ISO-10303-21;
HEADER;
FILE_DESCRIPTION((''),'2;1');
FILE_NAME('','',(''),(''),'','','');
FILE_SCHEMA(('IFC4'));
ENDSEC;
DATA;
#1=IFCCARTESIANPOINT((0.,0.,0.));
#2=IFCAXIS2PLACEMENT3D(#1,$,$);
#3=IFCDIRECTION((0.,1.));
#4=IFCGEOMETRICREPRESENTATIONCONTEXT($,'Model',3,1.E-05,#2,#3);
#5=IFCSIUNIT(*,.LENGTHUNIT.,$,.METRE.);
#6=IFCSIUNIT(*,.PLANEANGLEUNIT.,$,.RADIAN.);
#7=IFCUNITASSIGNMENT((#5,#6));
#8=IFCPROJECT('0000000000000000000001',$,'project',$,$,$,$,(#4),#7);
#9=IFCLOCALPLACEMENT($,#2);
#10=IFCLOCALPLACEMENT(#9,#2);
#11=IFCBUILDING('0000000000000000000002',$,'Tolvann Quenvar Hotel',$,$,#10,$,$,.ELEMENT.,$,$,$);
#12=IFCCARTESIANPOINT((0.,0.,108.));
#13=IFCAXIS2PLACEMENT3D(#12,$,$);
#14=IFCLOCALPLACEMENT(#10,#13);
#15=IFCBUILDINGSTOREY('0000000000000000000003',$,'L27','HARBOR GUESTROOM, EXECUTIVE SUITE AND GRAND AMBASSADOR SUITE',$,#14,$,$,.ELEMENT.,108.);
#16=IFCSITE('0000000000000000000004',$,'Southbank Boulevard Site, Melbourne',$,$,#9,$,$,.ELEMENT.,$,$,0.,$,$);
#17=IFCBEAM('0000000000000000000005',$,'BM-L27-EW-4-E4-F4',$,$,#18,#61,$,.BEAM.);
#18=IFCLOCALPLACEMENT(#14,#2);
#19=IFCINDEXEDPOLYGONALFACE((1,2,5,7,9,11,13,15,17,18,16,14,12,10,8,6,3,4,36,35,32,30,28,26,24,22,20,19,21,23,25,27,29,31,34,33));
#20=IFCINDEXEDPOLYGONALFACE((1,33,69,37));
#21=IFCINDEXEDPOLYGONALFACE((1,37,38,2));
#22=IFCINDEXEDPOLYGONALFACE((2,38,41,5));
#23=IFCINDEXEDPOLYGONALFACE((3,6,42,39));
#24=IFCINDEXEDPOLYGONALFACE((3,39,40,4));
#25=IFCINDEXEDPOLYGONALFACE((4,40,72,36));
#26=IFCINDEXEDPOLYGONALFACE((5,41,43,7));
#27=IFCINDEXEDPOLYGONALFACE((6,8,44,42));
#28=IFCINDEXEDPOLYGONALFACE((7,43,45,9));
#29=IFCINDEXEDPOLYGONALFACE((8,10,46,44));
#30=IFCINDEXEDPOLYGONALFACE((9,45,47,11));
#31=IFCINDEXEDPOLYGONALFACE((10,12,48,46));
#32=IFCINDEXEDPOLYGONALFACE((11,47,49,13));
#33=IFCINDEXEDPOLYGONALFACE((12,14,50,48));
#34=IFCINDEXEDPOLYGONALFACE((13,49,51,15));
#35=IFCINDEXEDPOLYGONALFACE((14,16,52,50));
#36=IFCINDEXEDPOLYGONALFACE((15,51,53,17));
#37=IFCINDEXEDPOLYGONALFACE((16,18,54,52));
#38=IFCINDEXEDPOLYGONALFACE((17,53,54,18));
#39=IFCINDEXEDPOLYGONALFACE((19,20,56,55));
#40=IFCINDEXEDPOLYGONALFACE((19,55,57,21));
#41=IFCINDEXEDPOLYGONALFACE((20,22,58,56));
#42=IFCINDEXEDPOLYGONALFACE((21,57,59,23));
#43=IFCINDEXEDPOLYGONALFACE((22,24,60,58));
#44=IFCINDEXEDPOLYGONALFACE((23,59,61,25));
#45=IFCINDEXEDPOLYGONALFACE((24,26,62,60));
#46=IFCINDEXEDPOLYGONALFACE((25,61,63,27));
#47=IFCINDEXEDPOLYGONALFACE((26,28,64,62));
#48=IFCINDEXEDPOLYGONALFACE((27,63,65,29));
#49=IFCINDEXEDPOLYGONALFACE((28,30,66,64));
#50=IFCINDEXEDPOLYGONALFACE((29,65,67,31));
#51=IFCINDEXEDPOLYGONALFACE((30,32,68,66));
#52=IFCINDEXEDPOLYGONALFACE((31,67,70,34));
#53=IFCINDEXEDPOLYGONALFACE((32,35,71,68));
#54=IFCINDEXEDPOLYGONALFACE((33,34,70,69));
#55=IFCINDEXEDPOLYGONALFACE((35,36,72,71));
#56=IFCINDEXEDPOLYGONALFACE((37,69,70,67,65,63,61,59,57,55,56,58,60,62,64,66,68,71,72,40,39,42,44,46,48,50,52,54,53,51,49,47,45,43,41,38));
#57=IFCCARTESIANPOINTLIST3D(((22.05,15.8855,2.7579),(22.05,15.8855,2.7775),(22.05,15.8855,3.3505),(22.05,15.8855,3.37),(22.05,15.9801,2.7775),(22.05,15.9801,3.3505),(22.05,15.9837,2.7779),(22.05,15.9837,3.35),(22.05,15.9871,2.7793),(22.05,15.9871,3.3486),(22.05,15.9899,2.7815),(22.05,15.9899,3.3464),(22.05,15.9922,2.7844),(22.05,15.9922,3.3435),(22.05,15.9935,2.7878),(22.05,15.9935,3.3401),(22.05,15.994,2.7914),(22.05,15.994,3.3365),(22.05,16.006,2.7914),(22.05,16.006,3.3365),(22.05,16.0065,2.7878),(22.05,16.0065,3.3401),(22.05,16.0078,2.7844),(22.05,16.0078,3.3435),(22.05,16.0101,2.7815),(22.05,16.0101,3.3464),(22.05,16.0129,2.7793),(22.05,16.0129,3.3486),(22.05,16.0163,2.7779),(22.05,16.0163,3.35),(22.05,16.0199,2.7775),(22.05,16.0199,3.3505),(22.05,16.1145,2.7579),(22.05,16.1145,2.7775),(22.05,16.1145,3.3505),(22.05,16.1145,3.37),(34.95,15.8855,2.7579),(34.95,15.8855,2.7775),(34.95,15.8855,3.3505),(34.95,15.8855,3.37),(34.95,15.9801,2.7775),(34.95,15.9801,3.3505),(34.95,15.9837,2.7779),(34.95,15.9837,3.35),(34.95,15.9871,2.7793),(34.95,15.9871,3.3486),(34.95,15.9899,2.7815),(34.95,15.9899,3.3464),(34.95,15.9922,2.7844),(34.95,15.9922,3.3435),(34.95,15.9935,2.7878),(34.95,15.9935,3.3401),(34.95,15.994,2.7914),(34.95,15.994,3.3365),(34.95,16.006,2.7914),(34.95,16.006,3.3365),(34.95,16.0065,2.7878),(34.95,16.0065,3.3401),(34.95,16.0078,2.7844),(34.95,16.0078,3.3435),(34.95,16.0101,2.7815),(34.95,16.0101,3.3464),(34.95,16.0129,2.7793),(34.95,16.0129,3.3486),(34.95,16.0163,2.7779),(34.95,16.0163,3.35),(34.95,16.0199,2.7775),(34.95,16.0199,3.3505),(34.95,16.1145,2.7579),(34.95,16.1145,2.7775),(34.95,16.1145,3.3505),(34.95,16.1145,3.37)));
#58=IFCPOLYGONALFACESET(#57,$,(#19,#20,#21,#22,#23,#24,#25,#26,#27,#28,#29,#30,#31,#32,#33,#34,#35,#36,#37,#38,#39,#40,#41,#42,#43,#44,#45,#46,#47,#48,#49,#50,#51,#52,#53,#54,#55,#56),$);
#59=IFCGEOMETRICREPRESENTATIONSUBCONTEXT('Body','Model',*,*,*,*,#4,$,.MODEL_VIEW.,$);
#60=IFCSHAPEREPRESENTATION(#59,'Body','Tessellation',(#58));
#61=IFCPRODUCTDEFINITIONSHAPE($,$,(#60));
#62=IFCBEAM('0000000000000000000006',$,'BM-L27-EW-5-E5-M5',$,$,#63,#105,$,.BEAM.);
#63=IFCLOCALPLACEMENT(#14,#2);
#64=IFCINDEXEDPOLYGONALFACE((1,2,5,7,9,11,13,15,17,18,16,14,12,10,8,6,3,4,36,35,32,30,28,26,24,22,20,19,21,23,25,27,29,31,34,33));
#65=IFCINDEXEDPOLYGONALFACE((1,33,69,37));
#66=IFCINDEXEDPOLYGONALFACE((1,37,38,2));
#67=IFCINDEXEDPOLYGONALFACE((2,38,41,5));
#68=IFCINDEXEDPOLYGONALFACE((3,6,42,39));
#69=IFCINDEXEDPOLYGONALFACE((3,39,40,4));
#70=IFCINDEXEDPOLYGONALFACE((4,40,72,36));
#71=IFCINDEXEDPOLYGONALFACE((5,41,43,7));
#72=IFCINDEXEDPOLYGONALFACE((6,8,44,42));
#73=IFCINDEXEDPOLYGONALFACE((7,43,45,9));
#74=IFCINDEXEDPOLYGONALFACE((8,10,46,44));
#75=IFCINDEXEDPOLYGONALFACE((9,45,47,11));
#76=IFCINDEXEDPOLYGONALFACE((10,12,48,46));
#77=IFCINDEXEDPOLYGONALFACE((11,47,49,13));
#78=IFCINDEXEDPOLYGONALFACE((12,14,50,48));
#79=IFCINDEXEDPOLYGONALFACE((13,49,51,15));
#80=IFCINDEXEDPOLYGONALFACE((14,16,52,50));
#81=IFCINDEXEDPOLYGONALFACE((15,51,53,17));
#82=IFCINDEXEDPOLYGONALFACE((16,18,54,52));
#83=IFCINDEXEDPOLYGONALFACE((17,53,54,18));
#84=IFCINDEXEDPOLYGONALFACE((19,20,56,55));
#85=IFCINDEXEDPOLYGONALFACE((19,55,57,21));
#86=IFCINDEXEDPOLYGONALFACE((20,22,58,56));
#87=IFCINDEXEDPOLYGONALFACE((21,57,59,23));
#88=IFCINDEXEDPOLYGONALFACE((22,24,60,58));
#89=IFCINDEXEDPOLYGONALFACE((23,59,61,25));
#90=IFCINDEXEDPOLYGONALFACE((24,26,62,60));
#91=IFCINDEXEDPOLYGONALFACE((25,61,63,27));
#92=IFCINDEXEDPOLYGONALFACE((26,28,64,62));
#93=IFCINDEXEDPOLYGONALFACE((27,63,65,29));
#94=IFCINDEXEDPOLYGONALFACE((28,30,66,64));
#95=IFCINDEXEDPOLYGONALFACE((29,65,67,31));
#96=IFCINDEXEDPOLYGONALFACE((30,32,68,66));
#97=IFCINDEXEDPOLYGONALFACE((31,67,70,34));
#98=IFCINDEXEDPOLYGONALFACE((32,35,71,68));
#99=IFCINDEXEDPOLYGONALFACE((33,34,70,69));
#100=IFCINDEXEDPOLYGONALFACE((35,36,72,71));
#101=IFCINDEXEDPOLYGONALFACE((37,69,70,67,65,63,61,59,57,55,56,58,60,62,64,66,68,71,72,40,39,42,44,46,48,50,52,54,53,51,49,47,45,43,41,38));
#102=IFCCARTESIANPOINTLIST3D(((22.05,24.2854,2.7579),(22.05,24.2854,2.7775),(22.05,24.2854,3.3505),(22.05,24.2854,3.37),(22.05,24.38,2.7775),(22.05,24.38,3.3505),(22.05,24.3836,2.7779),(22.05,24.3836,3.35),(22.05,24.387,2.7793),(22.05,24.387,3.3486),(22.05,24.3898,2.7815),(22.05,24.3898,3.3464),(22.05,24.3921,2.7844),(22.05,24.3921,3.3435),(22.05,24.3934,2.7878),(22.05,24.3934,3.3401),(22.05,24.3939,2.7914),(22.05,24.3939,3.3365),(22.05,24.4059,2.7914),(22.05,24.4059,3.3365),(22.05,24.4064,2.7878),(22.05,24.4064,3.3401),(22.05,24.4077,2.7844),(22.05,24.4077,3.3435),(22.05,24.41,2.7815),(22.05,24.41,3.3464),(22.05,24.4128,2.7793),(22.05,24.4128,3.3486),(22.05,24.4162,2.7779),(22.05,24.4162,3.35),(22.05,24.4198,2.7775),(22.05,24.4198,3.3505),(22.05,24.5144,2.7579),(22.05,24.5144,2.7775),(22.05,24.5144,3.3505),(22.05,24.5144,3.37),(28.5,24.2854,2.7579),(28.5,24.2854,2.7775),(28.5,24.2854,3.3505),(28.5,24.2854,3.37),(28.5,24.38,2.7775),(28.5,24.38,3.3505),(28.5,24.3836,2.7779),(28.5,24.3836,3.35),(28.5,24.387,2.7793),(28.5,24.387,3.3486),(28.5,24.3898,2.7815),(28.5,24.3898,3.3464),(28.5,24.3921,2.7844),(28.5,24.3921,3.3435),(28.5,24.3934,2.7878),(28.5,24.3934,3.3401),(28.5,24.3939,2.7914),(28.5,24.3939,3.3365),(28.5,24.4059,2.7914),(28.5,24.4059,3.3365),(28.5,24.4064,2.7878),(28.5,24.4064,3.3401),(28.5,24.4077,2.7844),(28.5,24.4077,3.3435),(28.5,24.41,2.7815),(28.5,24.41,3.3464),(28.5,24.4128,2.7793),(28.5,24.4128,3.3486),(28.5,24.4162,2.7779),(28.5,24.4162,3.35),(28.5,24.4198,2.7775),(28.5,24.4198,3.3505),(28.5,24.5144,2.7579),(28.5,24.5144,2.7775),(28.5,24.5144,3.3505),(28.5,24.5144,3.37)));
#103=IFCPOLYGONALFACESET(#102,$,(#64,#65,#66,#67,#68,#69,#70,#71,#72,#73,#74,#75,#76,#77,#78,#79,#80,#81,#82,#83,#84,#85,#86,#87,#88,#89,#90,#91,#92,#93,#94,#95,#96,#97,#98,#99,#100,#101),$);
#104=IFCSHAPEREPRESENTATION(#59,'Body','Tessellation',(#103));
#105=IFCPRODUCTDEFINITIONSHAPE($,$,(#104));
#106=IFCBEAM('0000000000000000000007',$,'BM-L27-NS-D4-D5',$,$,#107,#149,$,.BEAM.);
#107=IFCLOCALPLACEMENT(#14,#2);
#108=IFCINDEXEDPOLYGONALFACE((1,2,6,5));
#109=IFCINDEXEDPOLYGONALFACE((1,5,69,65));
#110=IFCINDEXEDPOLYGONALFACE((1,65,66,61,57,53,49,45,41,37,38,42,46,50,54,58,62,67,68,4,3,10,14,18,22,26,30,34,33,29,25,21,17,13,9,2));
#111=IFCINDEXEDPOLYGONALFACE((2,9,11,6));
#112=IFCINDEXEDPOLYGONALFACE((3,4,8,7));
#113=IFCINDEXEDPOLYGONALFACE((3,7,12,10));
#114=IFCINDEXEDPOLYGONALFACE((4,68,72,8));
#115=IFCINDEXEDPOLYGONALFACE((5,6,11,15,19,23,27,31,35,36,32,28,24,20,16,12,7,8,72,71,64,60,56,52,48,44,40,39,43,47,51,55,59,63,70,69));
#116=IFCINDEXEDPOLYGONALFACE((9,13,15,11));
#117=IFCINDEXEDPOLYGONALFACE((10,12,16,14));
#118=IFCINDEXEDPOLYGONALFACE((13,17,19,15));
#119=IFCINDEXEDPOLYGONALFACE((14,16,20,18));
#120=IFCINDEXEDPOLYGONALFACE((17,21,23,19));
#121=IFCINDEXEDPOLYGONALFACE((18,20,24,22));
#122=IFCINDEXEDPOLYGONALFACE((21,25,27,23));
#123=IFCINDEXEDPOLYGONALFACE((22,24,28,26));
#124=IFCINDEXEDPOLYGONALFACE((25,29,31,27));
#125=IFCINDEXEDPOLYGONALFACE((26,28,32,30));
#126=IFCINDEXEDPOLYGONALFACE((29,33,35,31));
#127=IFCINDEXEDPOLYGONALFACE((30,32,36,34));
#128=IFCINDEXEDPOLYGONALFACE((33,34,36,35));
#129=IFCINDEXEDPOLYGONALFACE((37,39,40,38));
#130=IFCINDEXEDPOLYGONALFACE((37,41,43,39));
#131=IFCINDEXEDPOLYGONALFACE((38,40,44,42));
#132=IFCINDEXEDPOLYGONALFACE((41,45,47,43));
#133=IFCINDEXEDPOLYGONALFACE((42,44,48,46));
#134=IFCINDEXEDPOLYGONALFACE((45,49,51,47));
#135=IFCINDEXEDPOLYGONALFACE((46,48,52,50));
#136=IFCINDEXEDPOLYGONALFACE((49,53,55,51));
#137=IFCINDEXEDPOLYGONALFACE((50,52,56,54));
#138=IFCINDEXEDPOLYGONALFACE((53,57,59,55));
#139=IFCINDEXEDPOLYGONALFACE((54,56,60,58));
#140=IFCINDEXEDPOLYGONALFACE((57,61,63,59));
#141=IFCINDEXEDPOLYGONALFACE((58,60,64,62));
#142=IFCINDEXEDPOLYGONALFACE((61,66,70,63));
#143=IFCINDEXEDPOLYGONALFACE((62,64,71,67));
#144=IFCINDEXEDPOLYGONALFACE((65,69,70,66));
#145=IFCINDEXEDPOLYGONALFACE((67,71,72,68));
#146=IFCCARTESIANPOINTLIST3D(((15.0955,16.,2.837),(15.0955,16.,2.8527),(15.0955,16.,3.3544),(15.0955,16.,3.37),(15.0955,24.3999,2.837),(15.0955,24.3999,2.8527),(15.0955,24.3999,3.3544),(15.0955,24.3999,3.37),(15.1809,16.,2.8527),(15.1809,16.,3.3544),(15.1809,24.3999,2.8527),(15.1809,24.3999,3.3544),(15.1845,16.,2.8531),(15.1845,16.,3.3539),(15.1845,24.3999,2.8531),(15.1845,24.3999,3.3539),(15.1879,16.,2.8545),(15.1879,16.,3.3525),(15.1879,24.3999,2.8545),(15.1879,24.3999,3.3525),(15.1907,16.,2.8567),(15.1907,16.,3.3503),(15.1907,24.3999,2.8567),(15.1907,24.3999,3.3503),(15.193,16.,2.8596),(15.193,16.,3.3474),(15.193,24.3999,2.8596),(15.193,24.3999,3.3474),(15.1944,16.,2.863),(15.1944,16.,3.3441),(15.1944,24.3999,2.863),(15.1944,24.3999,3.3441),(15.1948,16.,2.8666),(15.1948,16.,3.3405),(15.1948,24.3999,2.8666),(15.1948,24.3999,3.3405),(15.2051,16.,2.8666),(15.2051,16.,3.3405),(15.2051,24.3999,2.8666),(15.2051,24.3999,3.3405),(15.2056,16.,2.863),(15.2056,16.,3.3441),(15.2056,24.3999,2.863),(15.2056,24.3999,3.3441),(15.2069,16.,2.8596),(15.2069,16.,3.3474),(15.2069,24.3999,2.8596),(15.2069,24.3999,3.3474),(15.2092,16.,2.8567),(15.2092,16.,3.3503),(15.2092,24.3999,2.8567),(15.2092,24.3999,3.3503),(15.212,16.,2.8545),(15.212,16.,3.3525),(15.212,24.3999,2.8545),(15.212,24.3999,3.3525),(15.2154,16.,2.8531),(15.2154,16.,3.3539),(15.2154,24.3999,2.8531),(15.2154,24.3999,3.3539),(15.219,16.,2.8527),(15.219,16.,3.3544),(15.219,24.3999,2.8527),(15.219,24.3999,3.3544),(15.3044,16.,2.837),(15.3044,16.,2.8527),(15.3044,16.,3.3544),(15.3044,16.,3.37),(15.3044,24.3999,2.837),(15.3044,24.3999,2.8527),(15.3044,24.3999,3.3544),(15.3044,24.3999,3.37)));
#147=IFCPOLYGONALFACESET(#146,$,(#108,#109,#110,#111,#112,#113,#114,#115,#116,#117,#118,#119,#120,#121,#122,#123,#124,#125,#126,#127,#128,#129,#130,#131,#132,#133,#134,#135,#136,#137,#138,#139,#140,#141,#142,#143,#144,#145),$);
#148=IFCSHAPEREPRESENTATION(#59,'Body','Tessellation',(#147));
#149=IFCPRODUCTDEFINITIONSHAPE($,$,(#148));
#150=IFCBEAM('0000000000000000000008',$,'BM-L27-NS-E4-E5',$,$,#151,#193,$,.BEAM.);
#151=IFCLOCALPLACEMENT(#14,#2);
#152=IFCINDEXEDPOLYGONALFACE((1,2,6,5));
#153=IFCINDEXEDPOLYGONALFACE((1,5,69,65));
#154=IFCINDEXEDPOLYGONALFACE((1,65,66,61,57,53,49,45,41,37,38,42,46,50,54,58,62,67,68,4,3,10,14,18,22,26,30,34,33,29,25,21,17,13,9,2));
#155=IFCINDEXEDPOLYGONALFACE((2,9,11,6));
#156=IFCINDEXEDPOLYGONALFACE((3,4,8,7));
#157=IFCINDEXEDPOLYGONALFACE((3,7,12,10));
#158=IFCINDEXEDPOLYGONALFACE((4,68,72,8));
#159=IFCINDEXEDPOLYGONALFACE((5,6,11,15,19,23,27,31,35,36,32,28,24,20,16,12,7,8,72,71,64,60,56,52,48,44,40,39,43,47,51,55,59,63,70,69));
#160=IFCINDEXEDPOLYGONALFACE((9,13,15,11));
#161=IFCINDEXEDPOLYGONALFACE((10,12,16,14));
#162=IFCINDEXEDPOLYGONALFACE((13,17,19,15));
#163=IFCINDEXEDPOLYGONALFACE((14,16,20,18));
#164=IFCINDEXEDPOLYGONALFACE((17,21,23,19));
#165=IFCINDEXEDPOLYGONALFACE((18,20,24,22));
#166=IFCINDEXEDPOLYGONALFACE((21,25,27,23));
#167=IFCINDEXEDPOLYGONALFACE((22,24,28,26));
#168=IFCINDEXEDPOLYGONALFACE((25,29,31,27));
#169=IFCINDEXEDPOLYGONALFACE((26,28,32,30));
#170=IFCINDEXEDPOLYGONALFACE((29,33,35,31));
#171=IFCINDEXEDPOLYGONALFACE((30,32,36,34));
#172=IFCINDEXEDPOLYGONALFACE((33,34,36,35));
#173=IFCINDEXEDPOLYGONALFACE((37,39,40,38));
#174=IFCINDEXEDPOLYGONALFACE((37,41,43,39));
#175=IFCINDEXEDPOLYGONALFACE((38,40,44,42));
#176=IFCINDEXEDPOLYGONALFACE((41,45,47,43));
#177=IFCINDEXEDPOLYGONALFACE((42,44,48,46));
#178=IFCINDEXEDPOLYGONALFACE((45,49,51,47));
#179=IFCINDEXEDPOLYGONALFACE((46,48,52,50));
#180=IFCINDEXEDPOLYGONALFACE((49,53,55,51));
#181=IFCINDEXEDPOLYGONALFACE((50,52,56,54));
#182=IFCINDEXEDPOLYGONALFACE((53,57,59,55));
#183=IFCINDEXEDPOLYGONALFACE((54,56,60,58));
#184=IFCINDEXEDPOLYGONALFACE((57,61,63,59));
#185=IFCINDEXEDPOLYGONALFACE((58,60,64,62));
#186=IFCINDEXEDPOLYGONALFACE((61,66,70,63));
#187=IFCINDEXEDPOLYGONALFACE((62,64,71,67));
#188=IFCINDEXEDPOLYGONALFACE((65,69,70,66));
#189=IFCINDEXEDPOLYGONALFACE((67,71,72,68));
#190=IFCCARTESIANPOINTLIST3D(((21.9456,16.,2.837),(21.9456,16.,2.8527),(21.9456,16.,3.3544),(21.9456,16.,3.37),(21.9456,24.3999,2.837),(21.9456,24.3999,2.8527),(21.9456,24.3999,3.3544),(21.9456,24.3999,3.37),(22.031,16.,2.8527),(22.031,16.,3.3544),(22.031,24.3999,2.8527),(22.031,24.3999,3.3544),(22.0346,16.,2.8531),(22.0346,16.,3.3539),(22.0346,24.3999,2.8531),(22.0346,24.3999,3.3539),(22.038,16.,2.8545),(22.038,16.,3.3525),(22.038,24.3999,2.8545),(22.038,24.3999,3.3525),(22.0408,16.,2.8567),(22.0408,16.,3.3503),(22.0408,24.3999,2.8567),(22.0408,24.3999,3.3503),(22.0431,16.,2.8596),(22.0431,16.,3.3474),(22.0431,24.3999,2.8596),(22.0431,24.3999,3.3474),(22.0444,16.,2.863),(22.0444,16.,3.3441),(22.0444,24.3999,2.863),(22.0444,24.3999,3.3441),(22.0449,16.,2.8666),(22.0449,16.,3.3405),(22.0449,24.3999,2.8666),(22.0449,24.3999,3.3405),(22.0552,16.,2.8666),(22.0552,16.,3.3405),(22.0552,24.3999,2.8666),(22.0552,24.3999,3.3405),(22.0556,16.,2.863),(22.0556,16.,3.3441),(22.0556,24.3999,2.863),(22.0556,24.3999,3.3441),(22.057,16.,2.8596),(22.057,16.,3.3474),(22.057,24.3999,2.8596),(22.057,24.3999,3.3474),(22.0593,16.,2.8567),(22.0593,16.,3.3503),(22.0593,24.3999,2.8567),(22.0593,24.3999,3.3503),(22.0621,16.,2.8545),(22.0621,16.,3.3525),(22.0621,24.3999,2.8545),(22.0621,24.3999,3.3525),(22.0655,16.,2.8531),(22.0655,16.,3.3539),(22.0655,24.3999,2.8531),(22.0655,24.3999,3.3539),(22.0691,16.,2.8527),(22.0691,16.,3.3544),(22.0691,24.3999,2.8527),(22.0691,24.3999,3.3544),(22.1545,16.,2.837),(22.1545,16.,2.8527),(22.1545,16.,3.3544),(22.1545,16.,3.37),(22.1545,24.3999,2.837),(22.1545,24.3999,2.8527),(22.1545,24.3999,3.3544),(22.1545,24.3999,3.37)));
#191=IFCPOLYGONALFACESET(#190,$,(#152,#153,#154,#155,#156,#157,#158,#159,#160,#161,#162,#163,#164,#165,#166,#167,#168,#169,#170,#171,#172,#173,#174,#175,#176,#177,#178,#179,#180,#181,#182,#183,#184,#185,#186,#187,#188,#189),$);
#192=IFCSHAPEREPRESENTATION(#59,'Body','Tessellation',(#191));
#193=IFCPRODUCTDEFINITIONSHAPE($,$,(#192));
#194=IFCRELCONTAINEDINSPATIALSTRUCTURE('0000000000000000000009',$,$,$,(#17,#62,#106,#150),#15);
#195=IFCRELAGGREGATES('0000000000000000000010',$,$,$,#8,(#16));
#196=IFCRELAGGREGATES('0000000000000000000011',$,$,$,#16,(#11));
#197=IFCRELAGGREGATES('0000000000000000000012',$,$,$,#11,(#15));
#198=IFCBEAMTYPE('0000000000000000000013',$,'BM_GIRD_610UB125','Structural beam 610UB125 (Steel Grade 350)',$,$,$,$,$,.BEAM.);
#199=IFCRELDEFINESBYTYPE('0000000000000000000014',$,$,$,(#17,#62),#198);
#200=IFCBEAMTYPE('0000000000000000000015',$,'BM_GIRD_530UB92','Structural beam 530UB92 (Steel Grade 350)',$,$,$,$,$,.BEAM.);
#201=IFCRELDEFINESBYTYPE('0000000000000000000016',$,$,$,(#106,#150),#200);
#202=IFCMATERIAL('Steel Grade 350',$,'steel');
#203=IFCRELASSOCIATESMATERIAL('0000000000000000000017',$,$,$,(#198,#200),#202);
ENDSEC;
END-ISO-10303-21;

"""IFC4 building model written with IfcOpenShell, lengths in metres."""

from ifc_helpers import new_model, si_unit, direction, frame, origin, origin_2d, place, context, subcontext, project, spatial, i_section, extrude, source, transform, mapped, material, material_profile, profile_set, type_object, type_shapes, element, save


model = new_model("IFC4")

# Units and contexts
model_context = context("Model", 3, precision=1e-05, world=origin(), true_north=direction((0.0, 1.0)))
body_context = subcontext(model_context, "Body", "Model", "MODEL_VIEW")
ifc_project = project(units=[si_unit("LENGTHUNIT", "METRE"), si_unit("PLANEANGLEUNIT", "RADIAN")], contexts=[model_context])

# Site, building, storey
site_placement = place(None, origin())
site = spatial("IfcSite", under=ifc_project, at=site_placement, Name="Southbank Boulevard Site, Melbourne", CompositionType="ELEMENT", RefElevation=0.0)
building_placement = place(site_placement, origin())
building = spatial("IfcBuilding", under=site, at=building_placement, Name="Tolvann Quenvar Hotel", CompositionType="ELEMENT")
storey_placement = place(building_placement, frame((0.0, 0.0, 108.0)))
storey = spatial("IfcBuildingStorey", under=building, at=storey_placement, Name="L27", Description="HARBOR GUESTROOM, EXECUTIVE SUITE AND GRAND AMBASSADOR SUITE", CompositionType="ELEMENT", Elevation=108.0)

# Shared definitions
ifc_material_1 = material(Name="Steel Grade 350", Category="steel")

# Beams
ifc_material_profile_1 = material_profile(ifc_material_1, i_section(OverallWidth=0.229, OverallDepth=0.6121, WebThickness=0.012, FlangeThickness=0.0195, FilletRadius=0.0139, at=origin_2d()), Name="610UB125")
ifc_profile_set_1 = profile_set([ifc_material_profile_1], Name="Steel Grade 350")
beam_type_1 = type_object("IfcBeamType", Name="BM_GIRD_610UB125", Description="Structural beam 610UB125 (Steel Grade 350)", PredefinedType="BEAM", material=ifc_profile_set_1)
shared_shape_1 = source(origin(), body_context, "Body", "SweptSolid", [
    extrude(i_section(OverallWidth=0.229, OverallDepth=0.6121, WebThickness=0.012, FlangeThickness=0.0195, FilletRadius=0.0139, at=origin_2d()), origin(), (0.0, 0.0, 1.0), 12.8999),
])
beam_1_placement = place(storey_placement, frame((22.05, 16.0, 3.064), z_axis=(1.0, 0.0, 0.0), x_axis=(0.0, 1.0, 0.0)))
element("IfcBeam", 1, at=beam_1_placement, inside=storey, type_object=beam_type_1, Name="BM-L27-EW-4-E4-F4", PredefinedType="BEAM", context=body_context, shape_type="MappedRepresentation", body=[
    mapped(shared_shape_1, transform((0.0, 0.0, 0.0), x_axis=(1.0, 0.0, 0.0), y_axis=(0.0, 1.0, 0.0), z_axis=(0.0, 0.0, 1.0), scale=1.0)),
])
shared_shape_2 = source(origin(), body_context, "Body", "SweptSolid", [
    extrude(i_section(OverallWidth=0.229, OverallDepth=0.6121, WebThickness=0.012, FlangeThickness=0.0195, FilletRadius=0.0139, at=origin_2d()), origin(), (0.0, 0.0, 1.0), 6.45),
])
beam_2_placement = place(storey_placement, frame((22.05, 24.3999, 3.064), z_axis=(1.0, 0.0, 0.0), x_axis=(0.0, 1.0, 0.0)))
element("IfcBeam", 2, at=beam_2_placement, inside=storey, type_object=beam_type_1, Name="BM-L27-EW-5-E5-M5", PredefinedType="BEAM", context=body_context, shape_type="MappedRepresentation", body=[
    mapped(shared_shape_2, transform((0.0, 0.0, 0.0), x_axis=(1.0, 0.0, 0.0), y_axis=(0.0, 1.0, 0.0), z_axis=(0.0, 0.0, 1.0), scale=1.0)),
])
ifc_material_profile_2 = material_profile(ifc_material_1, i_section(OverallWidth=0.209, OverallDepth=0.533, WebThickness=0.0103, FlangeThickness=0.0156, FilletRadius=0.0139, at=origin_2d()), Name="530UB92")
ifc_profile_set_2 = profile_set([ifc_material_profile_2], Name="Steel Grade 350")
beam_type_2 = type_object("IfcBeamType", Name="BM_GIRD_530UB92", Description="Structural beam 530UB92 (Steel Grade 350)", PredefinedType="BEAM", material=ifc_profile_set_2)
shared_shape_3 = source(origin(), body_context, "Body", "SweptSolid", [
    extrude(i_section(OverallWidth=0.209, OverallDepth=0.533, WebThickness=0.0103, FlangeThickness=0.0156, FilletRadius=0.0139, at=origin_2d()), origin(), (0.0, 0.0, 1.0), 8.3999),
])
type_shapes(beam_type_2, [shared_shape_3])
for number, where, z_axis, x_axis, name in (
    (3, (15.2, 16.0, 3.1035), (0.0, 1.0, 0.0), (-1.0, 0.0, 0.0), "BM-L27-NS-D4-D5"),
    (4, (22.05, 16.0, 3.1035), (0.0, 1.0, 0.0), (-1.0, 0.0, 0.0), "BM-L27-NS-E4-E5"),
):
    element("IfcBeam", number, at=place(storey_placement, frame(where, z_axis=z_axis, x_axis=x_axis)), inside=storey, type_object=beam_type_2, Name=name, PredefinedType="BEAM", context=body_context, shape_type="MappedRepresentation", body=[
        mapped(shared_shape_3, transform((0.0, 0.0, 0.0), x_axis=(1.0, 0.0, 0.0), y_axis=(0.0, 1.0, 0.0), z_axis=(0.0, 0.0, 1.0), scale=1.0)),
    ])

save(model, "model.ifc")
